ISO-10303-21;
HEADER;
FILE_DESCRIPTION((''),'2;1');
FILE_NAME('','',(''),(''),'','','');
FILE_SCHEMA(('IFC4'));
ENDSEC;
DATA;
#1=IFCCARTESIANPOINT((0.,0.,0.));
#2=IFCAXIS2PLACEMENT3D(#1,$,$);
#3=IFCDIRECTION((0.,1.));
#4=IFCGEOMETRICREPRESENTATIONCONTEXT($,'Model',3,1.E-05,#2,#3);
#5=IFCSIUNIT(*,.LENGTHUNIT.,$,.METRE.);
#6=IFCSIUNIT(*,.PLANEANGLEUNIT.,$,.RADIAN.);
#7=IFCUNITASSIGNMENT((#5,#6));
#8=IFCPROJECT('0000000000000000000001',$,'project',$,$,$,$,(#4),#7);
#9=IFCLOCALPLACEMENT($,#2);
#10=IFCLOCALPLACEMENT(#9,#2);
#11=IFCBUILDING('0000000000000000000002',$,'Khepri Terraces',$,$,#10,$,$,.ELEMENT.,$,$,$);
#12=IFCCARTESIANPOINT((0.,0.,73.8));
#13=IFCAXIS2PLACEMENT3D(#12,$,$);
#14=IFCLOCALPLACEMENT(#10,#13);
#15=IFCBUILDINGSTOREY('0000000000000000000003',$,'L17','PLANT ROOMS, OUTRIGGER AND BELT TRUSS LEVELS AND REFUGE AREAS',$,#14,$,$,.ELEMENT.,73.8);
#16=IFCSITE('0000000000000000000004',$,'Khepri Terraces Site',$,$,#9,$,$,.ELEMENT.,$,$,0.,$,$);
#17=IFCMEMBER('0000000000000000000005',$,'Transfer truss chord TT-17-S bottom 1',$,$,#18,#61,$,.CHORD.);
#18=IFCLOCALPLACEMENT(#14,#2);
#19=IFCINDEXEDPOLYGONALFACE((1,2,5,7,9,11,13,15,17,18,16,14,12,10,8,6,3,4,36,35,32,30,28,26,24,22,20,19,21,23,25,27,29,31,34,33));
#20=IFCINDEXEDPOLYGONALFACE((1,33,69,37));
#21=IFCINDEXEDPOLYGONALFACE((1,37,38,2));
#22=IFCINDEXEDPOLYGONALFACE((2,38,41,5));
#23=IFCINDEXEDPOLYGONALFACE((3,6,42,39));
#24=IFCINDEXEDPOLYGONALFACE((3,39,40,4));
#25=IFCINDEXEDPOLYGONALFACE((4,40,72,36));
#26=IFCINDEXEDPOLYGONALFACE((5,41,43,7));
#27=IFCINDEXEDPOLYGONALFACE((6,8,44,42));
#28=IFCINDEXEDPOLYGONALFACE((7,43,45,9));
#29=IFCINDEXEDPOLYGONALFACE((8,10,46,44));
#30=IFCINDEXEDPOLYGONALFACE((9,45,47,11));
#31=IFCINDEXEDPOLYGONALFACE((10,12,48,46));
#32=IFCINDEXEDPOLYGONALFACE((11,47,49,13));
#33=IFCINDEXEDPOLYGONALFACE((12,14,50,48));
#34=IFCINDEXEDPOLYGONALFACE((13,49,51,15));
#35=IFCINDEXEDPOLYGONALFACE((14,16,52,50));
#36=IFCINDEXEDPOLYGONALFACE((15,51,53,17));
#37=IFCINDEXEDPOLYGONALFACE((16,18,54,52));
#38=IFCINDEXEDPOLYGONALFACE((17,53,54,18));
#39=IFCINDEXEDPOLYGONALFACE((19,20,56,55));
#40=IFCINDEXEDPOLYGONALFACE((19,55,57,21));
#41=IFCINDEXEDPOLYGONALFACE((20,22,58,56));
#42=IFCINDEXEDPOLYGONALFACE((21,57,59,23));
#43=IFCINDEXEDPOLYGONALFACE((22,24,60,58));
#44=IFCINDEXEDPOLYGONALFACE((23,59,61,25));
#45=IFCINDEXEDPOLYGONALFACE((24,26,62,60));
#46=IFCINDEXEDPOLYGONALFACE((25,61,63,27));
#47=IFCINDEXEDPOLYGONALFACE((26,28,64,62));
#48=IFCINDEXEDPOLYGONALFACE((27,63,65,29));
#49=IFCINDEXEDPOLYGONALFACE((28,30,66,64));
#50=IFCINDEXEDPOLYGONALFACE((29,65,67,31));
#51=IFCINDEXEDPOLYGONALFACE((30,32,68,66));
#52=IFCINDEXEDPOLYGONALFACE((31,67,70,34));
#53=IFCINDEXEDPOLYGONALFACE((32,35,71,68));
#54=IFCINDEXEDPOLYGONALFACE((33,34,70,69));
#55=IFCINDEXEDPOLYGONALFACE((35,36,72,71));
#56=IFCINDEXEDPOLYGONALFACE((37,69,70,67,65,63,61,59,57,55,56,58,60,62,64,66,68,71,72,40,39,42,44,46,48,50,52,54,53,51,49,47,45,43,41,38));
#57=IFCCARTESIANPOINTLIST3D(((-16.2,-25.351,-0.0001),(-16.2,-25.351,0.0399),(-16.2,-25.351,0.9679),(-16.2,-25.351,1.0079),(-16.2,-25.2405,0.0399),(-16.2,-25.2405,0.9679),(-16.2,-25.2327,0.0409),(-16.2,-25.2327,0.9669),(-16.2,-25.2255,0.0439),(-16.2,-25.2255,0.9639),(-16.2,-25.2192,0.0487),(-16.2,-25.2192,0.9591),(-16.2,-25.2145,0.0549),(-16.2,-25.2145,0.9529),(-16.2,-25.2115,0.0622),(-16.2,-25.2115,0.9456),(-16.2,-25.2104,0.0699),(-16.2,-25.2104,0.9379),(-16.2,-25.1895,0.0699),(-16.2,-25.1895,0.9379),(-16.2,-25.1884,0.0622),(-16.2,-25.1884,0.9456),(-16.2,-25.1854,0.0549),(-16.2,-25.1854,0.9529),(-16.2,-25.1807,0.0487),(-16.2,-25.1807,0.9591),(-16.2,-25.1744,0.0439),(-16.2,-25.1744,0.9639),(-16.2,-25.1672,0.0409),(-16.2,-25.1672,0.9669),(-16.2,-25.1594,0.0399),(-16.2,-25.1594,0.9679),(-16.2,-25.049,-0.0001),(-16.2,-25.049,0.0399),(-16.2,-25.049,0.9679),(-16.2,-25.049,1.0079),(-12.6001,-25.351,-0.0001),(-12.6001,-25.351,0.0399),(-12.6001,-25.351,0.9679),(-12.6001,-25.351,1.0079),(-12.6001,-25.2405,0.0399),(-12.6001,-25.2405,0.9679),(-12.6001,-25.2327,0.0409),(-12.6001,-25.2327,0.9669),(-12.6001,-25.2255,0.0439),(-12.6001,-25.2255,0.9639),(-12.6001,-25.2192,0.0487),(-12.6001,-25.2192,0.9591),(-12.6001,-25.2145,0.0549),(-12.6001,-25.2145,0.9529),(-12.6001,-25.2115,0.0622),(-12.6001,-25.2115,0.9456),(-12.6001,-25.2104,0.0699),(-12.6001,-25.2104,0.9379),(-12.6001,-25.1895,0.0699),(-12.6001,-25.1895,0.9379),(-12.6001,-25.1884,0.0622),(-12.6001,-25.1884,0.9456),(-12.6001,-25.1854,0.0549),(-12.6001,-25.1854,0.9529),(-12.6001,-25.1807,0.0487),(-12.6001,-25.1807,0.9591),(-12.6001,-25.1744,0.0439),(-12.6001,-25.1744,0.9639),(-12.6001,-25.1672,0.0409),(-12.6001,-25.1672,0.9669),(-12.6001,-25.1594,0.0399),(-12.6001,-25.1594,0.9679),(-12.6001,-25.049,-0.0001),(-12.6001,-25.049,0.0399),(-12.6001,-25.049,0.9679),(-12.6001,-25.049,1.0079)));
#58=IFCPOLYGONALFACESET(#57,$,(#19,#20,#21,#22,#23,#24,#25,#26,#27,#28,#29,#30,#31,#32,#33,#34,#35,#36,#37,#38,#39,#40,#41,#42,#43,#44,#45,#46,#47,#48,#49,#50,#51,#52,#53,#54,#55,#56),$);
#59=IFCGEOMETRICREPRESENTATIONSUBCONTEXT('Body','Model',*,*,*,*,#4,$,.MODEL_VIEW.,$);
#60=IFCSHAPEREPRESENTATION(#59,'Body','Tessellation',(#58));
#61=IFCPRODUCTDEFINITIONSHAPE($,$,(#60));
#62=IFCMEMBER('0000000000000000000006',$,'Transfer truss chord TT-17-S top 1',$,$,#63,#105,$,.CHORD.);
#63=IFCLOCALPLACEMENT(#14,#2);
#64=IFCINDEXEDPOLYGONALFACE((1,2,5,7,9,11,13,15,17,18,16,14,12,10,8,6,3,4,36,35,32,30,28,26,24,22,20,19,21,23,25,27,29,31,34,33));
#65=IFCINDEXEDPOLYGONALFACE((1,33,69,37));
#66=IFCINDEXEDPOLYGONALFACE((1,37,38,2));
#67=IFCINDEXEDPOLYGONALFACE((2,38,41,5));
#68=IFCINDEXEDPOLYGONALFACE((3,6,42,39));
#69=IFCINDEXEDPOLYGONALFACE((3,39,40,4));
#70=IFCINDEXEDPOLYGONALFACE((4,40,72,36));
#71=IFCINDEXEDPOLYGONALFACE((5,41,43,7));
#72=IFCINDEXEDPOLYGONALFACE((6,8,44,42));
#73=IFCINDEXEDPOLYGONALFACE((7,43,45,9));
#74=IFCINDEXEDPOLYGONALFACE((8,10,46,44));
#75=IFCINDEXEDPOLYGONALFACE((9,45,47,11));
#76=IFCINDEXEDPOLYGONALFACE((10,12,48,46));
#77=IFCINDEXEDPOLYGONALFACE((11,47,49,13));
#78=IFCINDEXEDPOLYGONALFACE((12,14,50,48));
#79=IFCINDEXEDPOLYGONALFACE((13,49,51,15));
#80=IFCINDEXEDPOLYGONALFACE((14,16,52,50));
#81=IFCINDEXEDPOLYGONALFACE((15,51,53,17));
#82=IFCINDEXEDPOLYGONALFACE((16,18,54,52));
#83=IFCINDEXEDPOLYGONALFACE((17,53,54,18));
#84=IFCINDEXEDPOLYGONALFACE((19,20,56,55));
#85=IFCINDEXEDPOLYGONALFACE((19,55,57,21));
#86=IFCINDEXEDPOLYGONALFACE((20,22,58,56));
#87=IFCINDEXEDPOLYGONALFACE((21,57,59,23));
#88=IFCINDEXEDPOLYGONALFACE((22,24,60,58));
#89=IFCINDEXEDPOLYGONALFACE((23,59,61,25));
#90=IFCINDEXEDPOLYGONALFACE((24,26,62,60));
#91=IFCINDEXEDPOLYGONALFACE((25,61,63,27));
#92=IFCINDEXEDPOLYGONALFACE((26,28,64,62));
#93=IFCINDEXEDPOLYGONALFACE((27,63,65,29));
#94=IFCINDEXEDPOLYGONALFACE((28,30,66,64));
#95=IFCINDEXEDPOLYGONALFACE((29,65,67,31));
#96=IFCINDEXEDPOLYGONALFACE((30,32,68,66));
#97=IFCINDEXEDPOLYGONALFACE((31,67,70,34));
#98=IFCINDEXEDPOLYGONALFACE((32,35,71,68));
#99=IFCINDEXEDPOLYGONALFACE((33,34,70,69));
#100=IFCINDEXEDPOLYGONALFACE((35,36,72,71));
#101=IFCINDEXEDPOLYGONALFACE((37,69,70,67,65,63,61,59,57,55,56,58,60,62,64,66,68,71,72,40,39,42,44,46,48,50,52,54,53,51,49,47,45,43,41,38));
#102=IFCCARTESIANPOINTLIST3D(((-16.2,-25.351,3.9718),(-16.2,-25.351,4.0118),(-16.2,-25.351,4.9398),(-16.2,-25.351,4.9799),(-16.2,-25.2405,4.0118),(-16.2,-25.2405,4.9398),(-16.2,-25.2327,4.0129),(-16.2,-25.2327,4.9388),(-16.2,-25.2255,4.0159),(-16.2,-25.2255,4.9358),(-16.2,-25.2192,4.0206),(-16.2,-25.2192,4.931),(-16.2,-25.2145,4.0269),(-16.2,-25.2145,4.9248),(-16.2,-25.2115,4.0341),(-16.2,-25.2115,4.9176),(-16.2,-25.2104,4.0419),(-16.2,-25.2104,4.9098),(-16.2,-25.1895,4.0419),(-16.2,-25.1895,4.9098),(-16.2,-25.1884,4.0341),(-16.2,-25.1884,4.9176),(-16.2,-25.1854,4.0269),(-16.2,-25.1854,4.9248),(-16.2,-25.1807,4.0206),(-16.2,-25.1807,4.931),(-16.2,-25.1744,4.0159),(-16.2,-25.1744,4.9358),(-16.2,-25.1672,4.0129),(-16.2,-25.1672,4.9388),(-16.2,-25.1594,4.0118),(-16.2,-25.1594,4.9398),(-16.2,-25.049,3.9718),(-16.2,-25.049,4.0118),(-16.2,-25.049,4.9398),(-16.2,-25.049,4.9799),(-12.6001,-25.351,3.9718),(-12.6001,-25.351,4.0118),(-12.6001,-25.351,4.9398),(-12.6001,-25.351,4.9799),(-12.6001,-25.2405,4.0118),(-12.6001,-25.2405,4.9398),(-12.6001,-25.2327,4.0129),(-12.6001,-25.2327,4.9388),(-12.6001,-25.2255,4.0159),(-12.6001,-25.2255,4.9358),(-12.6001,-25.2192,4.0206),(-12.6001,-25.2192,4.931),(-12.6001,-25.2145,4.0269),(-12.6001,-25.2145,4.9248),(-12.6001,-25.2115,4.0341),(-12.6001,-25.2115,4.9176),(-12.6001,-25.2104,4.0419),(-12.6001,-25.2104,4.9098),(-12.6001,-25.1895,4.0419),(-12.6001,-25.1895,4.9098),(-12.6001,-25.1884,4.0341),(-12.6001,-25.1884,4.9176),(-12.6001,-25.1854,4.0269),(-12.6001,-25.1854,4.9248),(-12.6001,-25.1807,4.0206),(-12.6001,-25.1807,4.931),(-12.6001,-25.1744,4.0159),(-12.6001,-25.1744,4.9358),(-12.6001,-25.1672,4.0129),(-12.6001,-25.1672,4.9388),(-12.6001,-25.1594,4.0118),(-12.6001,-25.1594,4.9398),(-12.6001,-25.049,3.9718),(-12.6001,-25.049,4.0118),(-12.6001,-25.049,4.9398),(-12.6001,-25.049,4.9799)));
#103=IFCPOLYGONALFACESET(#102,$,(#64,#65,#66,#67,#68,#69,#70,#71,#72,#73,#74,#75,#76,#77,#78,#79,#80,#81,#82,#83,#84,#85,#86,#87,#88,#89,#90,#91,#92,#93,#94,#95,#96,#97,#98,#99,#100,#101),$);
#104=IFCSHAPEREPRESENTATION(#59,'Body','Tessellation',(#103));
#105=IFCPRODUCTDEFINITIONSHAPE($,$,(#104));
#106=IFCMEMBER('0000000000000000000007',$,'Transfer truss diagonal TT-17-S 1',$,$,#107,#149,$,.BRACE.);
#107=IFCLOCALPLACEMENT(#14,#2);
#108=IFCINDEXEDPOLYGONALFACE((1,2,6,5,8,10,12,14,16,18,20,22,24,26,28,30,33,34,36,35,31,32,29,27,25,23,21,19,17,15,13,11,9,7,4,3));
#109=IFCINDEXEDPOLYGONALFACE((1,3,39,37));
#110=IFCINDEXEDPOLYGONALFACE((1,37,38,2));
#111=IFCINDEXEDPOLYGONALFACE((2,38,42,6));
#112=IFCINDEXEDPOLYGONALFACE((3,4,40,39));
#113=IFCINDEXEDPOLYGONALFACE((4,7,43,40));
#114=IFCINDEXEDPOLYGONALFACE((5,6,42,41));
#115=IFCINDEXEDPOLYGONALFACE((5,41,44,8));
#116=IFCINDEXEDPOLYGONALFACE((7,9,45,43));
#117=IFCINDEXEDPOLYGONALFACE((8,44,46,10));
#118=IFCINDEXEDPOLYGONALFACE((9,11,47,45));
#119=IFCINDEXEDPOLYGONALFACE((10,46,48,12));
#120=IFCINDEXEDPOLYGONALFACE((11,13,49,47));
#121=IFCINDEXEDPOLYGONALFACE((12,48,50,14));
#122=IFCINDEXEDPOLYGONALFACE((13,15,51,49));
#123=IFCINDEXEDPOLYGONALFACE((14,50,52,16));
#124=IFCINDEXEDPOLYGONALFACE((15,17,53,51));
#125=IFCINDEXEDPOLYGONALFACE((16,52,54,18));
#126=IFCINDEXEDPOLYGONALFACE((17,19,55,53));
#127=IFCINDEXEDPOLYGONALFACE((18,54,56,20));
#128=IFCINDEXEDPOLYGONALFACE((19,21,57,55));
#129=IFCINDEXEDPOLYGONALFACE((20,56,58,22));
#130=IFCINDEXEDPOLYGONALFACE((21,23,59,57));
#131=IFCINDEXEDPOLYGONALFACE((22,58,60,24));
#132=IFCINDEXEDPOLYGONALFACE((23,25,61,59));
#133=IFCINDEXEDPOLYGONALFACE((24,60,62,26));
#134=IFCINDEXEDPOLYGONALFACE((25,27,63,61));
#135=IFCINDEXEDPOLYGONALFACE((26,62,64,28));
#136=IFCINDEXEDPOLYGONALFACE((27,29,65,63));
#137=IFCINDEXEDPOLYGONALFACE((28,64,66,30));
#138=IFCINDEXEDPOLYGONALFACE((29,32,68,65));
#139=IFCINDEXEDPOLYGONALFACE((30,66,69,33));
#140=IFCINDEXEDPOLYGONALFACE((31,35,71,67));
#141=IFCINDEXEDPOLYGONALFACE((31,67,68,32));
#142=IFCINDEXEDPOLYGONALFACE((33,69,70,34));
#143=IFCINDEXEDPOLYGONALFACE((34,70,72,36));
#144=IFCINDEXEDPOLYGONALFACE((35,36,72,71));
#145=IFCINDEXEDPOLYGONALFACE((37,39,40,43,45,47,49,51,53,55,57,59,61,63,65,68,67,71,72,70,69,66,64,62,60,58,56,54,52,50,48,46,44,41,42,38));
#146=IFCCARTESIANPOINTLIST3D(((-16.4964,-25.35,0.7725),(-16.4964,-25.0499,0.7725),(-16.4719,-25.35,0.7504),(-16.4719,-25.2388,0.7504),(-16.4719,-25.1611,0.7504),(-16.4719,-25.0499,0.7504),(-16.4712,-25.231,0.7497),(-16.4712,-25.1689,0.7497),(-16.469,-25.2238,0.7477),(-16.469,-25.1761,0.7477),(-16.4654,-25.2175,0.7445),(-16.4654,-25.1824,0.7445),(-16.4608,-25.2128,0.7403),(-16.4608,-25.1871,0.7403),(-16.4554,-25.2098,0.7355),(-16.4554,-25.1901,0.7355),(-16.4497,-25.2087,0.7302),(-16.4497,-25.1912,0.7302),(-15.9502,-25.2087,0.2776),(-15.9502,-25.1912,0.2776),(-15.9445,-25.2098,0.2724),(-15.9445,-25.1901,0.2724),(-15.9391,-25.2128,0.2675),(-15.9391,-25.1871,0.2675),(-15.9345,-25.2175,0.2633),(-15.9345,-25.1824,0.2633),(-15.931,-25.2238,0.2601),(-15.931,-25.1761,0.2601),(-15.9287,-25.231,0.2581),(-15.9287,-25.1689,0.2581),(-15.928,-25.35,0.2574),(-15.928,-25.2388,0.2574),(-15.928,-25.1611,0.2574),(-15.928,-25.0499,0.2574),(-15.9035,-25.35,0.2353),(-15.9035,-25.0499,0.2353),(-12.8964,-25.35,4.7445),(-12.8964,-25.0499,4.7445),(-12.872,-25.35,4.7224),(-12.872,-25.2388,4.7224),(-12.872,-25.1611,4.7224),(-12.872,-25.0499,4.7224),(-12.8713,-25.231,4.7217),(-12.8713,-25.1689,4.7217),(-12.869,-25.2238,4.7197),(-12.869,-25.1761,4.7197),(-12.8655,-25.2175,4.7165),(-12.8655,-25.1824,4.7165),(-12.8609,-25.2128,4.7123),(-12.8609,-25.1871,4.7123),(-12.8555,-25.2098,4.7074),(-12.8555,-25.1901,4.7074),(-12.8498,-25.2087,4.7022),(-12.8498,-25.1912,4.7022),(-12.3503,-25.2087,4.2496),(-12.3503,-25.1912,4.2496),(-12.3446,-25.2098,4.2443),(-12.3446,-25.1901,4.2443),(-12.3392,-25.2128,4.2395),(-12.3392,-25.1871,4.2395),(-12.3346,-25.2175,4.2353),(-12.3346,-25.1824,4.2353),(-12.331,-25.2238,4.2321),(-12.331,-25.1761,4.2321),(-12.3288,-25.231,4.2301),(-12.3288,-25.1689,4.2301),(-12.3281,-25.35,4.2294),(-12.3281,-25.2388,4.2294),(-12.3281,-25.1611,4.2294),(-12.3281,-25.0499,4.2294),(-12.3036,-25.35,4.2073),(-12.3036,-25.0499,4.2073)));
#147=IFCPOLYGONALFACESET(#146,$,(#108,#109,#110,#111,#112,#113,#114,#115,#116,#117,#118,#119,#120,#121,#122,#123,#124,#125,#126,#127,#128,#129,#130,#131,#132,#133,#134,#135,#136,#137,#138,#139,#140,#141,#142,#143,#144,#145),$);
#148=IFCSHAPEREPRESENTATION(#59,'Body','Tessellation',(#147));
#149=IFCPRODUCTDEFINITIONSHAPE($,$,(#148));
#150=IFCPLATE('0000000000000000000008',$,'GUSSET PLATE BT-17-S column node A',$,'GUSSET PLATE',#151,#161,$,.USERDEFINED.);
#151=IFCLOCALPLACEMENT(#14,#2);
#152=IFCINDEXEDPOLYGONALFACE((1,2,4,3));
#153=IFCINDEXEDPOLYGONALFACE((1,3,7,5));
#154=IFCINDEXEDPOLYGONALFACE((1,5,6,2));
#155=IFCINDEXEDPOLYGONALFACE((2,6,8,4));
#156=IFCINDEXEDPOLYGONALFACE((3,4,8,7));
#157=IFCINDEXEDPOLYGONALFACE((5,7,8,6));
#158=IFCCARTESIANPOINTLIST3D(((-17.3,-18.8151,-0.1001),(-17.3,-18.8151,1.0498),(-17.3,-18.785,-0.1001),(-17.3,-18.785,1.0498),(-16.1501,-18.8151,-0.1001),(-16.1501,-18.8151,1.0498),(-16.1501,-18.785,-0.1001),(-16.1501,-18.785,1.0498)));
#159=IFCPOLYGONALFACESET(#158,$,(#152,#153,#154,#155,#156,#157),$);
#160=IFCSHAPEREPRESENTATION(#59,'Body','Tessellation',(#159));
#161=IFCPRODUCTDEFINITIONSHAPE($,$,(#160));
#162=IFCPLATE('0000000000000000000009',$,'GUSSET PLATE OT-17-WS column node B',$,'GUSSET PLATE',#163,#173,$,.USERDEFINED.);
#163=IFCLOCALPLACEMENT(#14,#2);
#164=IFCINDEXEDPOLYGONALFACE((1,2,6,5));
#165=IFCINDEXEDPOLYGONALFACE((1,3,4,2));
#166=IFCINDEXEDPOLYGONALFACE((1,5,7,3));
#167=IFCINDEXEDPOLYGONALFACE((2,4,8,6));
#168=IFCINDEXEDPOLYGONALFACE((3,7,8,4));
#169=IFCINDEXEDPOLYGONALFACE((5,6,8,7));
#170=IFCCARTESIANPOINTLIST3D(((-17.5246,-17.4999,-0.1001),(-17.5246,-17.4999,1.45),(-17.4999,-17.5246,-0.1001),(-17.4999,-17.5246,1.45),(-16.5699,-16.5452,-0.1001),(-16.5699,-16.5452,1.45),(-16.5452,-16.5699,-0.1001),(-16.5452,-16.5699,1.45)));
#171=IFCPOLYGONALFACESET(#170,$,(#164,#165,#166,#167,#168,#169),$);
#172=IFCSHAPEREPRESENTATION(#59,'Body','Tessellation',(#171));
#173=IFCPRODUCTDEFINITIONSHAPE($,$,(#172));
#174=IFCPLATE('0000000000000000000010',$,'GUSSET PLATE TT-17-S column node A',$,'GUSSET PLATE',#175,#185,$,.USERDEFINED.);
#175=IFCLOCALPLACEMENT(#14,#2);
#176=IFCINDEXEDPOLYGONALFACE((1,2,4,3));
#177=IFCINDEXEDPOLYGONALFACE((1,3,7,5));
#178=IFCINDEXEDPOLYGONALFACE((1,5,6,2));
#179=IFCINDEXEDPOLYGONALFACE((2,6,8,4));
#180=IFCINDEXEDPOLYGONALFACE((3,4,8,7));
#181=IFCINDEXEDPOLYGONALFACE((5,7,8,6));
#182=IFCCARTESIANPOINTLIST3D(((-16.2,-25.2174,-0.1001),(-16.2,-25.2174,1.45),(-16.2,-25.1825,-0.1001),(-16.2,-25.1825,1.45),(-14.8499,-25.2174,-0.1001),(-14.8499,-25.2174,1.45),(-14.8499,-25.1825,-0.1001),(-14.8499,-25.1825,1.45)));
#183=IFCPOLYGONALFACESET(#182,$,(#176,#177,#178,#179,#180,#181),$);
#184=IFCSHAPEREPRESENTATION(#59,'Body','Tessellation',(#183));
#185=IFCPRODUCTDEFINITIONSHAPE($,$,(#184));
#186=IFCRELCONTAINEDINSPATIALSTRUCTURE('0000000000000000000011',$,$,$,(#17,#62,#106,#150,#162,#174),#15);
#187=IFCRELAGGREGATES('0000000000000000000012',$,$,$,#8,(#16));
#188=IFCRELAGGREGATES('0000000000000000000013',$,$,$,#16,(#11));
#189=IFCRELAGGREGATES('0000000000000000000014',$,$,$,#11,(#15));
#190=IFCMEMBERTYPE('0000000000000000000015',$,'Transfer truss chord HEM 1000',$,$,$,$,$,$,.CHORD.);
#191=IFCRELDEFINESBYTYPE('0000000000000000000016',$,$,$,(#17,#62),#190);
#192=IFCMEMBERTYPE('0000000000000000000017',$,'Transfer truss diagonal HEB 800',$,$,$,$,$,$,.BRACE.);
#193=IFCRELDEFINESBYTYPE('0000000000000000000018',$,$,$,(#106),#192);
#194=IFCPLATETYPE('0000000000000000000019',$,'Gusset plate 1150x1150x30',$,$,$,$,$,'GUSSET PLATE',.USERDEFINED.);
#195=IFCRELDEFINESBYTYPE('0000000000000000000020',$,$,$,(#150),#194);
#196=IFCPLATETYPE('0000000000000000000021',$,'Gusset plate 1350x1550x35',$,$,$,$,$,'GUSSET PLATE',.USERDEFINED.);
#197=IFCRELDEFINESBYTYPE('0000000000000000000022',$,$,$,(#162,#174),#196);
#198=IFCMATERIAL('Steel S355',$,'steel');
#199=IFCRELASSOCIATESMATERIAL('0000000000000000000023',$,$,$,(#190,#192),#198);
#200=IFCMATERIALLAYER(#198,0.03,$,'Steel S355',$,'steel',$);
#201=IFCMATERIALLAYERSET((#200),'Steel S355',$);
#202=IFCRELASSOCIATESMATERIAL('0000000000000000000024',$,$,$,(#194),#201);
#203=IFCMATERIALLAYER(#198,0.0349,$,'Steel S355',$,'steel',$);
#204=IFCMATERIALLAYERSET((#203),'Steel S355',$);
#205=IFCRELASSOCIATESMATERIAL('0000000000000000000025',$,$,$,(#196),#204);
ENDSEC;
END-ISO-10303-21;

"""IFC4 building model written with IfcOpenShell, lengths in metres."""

from ifc_helpers import new_model, si_unit, direction, frame, origin, origin_2d, place, context, subcontext, project, spatial, rectangle, i_section, extrude, material, layer, layer_set, material_profile, profile_set, type_object, element, save


model = new_model("IFC4")

# Units and contexts
model_context = context("Model", 3, precision=1e-05, world=origin(), true_north=direction((0.0, 1.0)))
body_context = subcontext(model_context, "Body", "Model", "MODEL_VIEW")
ifc_project = project(units=[si_unit("LENGTHUNIT", "METRE"), si_unit("PLANEANGLEUNIT", "RADIAN")], contexts=[model_context])

# Site, building, storey
site_placement = place(None, origin())
site = spatial("IfcSite", under=ifc_project, at=site_placement, Name="Khepri Terraces Site", CompositionType="ELEMENT", RefElevation=0.0)
building_placement = place(site_placement, origin())
building = spatial("IfcBuilding", under=site, at=building_placement, Name="Khepri Terraces", CompositionType="ELEMENT")
storey_placement = place(building_placement, frame((0.0, 0.0, 73.8)))
storey = spatial("IfcBuildingStorey", under=building, at=storey_placement, Name="L17", Description="PLANT ROOMS, OUTRIGGER AND BELT TRUSS LEVELS AND REFUGE AREAS", CompositionType="ELEMENT", Elevation=73.8)

# Members
ifc_material_1 = material(Name="Steel S355", Category="steel")
ifc_material_profile_1 = material_profile(ifc_material_1, i_section(OverallWidth=0.302, OverallDepth=1.0081, WebThickness=0.021, FlangeThickness=0.04, FilletRadius=0.03, at=origin_2d()), Name="Steel S355", Category="steel")
ifc_profile_set_1 = profile_set([ifc_material_profile_1], Name="Steel S355")
member_type_1 = type_object("IfcMemberType", Name="Transfer truss chord HEM 1000", PredefinedType="CHORD", material=ifc_profile_set_1)
for number, where, z_axis, x_axis, name in (
    (1, (-16.2, -25.2, 0.5039), (1.0, 0.0, 0.0), (0.0, 1.0, 0.0), "Transfer truss chord TT-17-S bottom 1"),
    (2, (-16.2, -25.2, 4.4758), (1.0, 0.0, 0.0), (0.0, 1.0, 0.0), "Transfer truss chord TT-17-S top 1"),
):
    element("IfcMember", number, at=place(storey_placement, frame(where, z_axis=z_axis, x_axis=x_axis)), inside=storey, type_object=member_type_1, Name=name, PredefinedType="CHORD", context=body_context, shape_type="SweptSolid", body=[
        extrude(i_section(OverallWidth=0.302, OverallDepth=1.0081, WebThickness=0.021, FlangeThickness=0.04, FilletRadius=0.03, at=origin_2d()), origin(), (0.0, 0.0, 1.0), 3.5999),
    ])
ifc_material_profile_2 = material_profile(ifc_material_1, i_section(OverallWidth=0.3, OverallDepth=0.8, WebThickness=0.0176, FlangeThickness=0.033, FilletRadius=0.03, at=origin_2d()), Name="Steel S355", Category="steel")
ifc_profile_set_2 = profile_set([ifc_material_profile_2], Name="Steel S355")
member_type_2 = type_object("IfcMemberType", Name="Transfer truss diagonal HEB 800", PredefinedType="BRACE", material=ifc_profile_set_2)
member_1_placement = place(storey_placement, frame((-16.2, -25.2, 0.5039), z_axis=(0.67155, 0.0, 0.740959), x_axis=(0.0, 1.0, 0.0)))
element("IfcMember", 3, at=member_1_placement, inside=storey, type_object=member_type_2, Name="Transfer truss diagonal TT-17-S 1", PredefinedType="BRACE", context=body_context, shape_type="SweptSolid", body=[
    extrude(i_section(OverallWidth=0.3, OverallDepth=0.8, WebThickness=0.0176, FlangeThickness=0.033, FilletRadius=0.03, at=origin_2d()), origin(), (0.0, 0.0, 1.0), 5.3606),
])

# Plates
ifc_layer_1 = layer(ifc_material_1, 0.03, Name="Steel S355", Category="steel")
ifc_layer_set_1 = layer_set([ifc_layer_1], Name="Steel S355")
plate_type_1 = type_object("IfcPlateType", Name="Gusset plate 1150x1150x30", ElementType="GUSSET PLATE", PredefinedType="USERDEFINED", material=ifc_layer_set_1)
plate_placement = place(storey_placement, frame((-16.7251, -18.8, -0.1001), z_axis=(0.0, 0.0, 1.0), x_axis=(1.0, 0.0, 0.0)))
element("IfcPlate", 4, at=plate_placement, inside=storey, type_object=plate_type_1, Name="GUSSET PLATE BT-17-S column node A", ObjectType="GUSSET PLATE", PredefinedType="USERDEFINED", context=body_context, shape_type="SweptSolid", body=[
    extrude(rectangle(XDim=1.1499, YDim=0.03, at=origin_2d()), origin(), (0.0, 0.0, 1.0), 1.1499),
])
ifc_layer_2 = layer(ifc_material_1, 0.0349, Name="Steel S355", Category="steel")
ifc_layer_set_2 = layer_set([ifc_layer_2], Name="Steel S355")
plate_type_2 = type_object("IfcPlateType", Name="Gusset plate 1350x1550x35", ElementType="GUSSET PLATE", PredefinedType="USERDEFINED", material=ifc_layer_set_2)
for number, where, z_axis, x_axis, name in (
    (5, (-17.0349, -17.0349, -0.1001), (0.0, 0.0, 1.0), (-0.707107, -0.707107, 0.0), "GUSSET PLATE OT-17-WS column node B"),
    (6, (-15.5249, -25.2, -0.1001), (0.0, 0.0, 1.0), (1.0, 0.0, 0.0), "GUSSET PLATE TT-17-S column node A"),
):
    element("IfcPlate", number, at=place(storey_placement, frame(where, z_axis=z_axis, x_axis=x_axis)), inside=storey, type_object=plate_type_2, Name=name, ObjectType="GUSSET PLATE", PredefinedType="USERDEFINED", context=body_context, shape_type="SweptSolid", body=[
        extrude(rectangle(XDim=1.3501, YDim=0.0349, at=origin_2d()), origin(), (0.0, 0.0, 1.0), 1.55),
    ])

save(model, "model.ifc")
